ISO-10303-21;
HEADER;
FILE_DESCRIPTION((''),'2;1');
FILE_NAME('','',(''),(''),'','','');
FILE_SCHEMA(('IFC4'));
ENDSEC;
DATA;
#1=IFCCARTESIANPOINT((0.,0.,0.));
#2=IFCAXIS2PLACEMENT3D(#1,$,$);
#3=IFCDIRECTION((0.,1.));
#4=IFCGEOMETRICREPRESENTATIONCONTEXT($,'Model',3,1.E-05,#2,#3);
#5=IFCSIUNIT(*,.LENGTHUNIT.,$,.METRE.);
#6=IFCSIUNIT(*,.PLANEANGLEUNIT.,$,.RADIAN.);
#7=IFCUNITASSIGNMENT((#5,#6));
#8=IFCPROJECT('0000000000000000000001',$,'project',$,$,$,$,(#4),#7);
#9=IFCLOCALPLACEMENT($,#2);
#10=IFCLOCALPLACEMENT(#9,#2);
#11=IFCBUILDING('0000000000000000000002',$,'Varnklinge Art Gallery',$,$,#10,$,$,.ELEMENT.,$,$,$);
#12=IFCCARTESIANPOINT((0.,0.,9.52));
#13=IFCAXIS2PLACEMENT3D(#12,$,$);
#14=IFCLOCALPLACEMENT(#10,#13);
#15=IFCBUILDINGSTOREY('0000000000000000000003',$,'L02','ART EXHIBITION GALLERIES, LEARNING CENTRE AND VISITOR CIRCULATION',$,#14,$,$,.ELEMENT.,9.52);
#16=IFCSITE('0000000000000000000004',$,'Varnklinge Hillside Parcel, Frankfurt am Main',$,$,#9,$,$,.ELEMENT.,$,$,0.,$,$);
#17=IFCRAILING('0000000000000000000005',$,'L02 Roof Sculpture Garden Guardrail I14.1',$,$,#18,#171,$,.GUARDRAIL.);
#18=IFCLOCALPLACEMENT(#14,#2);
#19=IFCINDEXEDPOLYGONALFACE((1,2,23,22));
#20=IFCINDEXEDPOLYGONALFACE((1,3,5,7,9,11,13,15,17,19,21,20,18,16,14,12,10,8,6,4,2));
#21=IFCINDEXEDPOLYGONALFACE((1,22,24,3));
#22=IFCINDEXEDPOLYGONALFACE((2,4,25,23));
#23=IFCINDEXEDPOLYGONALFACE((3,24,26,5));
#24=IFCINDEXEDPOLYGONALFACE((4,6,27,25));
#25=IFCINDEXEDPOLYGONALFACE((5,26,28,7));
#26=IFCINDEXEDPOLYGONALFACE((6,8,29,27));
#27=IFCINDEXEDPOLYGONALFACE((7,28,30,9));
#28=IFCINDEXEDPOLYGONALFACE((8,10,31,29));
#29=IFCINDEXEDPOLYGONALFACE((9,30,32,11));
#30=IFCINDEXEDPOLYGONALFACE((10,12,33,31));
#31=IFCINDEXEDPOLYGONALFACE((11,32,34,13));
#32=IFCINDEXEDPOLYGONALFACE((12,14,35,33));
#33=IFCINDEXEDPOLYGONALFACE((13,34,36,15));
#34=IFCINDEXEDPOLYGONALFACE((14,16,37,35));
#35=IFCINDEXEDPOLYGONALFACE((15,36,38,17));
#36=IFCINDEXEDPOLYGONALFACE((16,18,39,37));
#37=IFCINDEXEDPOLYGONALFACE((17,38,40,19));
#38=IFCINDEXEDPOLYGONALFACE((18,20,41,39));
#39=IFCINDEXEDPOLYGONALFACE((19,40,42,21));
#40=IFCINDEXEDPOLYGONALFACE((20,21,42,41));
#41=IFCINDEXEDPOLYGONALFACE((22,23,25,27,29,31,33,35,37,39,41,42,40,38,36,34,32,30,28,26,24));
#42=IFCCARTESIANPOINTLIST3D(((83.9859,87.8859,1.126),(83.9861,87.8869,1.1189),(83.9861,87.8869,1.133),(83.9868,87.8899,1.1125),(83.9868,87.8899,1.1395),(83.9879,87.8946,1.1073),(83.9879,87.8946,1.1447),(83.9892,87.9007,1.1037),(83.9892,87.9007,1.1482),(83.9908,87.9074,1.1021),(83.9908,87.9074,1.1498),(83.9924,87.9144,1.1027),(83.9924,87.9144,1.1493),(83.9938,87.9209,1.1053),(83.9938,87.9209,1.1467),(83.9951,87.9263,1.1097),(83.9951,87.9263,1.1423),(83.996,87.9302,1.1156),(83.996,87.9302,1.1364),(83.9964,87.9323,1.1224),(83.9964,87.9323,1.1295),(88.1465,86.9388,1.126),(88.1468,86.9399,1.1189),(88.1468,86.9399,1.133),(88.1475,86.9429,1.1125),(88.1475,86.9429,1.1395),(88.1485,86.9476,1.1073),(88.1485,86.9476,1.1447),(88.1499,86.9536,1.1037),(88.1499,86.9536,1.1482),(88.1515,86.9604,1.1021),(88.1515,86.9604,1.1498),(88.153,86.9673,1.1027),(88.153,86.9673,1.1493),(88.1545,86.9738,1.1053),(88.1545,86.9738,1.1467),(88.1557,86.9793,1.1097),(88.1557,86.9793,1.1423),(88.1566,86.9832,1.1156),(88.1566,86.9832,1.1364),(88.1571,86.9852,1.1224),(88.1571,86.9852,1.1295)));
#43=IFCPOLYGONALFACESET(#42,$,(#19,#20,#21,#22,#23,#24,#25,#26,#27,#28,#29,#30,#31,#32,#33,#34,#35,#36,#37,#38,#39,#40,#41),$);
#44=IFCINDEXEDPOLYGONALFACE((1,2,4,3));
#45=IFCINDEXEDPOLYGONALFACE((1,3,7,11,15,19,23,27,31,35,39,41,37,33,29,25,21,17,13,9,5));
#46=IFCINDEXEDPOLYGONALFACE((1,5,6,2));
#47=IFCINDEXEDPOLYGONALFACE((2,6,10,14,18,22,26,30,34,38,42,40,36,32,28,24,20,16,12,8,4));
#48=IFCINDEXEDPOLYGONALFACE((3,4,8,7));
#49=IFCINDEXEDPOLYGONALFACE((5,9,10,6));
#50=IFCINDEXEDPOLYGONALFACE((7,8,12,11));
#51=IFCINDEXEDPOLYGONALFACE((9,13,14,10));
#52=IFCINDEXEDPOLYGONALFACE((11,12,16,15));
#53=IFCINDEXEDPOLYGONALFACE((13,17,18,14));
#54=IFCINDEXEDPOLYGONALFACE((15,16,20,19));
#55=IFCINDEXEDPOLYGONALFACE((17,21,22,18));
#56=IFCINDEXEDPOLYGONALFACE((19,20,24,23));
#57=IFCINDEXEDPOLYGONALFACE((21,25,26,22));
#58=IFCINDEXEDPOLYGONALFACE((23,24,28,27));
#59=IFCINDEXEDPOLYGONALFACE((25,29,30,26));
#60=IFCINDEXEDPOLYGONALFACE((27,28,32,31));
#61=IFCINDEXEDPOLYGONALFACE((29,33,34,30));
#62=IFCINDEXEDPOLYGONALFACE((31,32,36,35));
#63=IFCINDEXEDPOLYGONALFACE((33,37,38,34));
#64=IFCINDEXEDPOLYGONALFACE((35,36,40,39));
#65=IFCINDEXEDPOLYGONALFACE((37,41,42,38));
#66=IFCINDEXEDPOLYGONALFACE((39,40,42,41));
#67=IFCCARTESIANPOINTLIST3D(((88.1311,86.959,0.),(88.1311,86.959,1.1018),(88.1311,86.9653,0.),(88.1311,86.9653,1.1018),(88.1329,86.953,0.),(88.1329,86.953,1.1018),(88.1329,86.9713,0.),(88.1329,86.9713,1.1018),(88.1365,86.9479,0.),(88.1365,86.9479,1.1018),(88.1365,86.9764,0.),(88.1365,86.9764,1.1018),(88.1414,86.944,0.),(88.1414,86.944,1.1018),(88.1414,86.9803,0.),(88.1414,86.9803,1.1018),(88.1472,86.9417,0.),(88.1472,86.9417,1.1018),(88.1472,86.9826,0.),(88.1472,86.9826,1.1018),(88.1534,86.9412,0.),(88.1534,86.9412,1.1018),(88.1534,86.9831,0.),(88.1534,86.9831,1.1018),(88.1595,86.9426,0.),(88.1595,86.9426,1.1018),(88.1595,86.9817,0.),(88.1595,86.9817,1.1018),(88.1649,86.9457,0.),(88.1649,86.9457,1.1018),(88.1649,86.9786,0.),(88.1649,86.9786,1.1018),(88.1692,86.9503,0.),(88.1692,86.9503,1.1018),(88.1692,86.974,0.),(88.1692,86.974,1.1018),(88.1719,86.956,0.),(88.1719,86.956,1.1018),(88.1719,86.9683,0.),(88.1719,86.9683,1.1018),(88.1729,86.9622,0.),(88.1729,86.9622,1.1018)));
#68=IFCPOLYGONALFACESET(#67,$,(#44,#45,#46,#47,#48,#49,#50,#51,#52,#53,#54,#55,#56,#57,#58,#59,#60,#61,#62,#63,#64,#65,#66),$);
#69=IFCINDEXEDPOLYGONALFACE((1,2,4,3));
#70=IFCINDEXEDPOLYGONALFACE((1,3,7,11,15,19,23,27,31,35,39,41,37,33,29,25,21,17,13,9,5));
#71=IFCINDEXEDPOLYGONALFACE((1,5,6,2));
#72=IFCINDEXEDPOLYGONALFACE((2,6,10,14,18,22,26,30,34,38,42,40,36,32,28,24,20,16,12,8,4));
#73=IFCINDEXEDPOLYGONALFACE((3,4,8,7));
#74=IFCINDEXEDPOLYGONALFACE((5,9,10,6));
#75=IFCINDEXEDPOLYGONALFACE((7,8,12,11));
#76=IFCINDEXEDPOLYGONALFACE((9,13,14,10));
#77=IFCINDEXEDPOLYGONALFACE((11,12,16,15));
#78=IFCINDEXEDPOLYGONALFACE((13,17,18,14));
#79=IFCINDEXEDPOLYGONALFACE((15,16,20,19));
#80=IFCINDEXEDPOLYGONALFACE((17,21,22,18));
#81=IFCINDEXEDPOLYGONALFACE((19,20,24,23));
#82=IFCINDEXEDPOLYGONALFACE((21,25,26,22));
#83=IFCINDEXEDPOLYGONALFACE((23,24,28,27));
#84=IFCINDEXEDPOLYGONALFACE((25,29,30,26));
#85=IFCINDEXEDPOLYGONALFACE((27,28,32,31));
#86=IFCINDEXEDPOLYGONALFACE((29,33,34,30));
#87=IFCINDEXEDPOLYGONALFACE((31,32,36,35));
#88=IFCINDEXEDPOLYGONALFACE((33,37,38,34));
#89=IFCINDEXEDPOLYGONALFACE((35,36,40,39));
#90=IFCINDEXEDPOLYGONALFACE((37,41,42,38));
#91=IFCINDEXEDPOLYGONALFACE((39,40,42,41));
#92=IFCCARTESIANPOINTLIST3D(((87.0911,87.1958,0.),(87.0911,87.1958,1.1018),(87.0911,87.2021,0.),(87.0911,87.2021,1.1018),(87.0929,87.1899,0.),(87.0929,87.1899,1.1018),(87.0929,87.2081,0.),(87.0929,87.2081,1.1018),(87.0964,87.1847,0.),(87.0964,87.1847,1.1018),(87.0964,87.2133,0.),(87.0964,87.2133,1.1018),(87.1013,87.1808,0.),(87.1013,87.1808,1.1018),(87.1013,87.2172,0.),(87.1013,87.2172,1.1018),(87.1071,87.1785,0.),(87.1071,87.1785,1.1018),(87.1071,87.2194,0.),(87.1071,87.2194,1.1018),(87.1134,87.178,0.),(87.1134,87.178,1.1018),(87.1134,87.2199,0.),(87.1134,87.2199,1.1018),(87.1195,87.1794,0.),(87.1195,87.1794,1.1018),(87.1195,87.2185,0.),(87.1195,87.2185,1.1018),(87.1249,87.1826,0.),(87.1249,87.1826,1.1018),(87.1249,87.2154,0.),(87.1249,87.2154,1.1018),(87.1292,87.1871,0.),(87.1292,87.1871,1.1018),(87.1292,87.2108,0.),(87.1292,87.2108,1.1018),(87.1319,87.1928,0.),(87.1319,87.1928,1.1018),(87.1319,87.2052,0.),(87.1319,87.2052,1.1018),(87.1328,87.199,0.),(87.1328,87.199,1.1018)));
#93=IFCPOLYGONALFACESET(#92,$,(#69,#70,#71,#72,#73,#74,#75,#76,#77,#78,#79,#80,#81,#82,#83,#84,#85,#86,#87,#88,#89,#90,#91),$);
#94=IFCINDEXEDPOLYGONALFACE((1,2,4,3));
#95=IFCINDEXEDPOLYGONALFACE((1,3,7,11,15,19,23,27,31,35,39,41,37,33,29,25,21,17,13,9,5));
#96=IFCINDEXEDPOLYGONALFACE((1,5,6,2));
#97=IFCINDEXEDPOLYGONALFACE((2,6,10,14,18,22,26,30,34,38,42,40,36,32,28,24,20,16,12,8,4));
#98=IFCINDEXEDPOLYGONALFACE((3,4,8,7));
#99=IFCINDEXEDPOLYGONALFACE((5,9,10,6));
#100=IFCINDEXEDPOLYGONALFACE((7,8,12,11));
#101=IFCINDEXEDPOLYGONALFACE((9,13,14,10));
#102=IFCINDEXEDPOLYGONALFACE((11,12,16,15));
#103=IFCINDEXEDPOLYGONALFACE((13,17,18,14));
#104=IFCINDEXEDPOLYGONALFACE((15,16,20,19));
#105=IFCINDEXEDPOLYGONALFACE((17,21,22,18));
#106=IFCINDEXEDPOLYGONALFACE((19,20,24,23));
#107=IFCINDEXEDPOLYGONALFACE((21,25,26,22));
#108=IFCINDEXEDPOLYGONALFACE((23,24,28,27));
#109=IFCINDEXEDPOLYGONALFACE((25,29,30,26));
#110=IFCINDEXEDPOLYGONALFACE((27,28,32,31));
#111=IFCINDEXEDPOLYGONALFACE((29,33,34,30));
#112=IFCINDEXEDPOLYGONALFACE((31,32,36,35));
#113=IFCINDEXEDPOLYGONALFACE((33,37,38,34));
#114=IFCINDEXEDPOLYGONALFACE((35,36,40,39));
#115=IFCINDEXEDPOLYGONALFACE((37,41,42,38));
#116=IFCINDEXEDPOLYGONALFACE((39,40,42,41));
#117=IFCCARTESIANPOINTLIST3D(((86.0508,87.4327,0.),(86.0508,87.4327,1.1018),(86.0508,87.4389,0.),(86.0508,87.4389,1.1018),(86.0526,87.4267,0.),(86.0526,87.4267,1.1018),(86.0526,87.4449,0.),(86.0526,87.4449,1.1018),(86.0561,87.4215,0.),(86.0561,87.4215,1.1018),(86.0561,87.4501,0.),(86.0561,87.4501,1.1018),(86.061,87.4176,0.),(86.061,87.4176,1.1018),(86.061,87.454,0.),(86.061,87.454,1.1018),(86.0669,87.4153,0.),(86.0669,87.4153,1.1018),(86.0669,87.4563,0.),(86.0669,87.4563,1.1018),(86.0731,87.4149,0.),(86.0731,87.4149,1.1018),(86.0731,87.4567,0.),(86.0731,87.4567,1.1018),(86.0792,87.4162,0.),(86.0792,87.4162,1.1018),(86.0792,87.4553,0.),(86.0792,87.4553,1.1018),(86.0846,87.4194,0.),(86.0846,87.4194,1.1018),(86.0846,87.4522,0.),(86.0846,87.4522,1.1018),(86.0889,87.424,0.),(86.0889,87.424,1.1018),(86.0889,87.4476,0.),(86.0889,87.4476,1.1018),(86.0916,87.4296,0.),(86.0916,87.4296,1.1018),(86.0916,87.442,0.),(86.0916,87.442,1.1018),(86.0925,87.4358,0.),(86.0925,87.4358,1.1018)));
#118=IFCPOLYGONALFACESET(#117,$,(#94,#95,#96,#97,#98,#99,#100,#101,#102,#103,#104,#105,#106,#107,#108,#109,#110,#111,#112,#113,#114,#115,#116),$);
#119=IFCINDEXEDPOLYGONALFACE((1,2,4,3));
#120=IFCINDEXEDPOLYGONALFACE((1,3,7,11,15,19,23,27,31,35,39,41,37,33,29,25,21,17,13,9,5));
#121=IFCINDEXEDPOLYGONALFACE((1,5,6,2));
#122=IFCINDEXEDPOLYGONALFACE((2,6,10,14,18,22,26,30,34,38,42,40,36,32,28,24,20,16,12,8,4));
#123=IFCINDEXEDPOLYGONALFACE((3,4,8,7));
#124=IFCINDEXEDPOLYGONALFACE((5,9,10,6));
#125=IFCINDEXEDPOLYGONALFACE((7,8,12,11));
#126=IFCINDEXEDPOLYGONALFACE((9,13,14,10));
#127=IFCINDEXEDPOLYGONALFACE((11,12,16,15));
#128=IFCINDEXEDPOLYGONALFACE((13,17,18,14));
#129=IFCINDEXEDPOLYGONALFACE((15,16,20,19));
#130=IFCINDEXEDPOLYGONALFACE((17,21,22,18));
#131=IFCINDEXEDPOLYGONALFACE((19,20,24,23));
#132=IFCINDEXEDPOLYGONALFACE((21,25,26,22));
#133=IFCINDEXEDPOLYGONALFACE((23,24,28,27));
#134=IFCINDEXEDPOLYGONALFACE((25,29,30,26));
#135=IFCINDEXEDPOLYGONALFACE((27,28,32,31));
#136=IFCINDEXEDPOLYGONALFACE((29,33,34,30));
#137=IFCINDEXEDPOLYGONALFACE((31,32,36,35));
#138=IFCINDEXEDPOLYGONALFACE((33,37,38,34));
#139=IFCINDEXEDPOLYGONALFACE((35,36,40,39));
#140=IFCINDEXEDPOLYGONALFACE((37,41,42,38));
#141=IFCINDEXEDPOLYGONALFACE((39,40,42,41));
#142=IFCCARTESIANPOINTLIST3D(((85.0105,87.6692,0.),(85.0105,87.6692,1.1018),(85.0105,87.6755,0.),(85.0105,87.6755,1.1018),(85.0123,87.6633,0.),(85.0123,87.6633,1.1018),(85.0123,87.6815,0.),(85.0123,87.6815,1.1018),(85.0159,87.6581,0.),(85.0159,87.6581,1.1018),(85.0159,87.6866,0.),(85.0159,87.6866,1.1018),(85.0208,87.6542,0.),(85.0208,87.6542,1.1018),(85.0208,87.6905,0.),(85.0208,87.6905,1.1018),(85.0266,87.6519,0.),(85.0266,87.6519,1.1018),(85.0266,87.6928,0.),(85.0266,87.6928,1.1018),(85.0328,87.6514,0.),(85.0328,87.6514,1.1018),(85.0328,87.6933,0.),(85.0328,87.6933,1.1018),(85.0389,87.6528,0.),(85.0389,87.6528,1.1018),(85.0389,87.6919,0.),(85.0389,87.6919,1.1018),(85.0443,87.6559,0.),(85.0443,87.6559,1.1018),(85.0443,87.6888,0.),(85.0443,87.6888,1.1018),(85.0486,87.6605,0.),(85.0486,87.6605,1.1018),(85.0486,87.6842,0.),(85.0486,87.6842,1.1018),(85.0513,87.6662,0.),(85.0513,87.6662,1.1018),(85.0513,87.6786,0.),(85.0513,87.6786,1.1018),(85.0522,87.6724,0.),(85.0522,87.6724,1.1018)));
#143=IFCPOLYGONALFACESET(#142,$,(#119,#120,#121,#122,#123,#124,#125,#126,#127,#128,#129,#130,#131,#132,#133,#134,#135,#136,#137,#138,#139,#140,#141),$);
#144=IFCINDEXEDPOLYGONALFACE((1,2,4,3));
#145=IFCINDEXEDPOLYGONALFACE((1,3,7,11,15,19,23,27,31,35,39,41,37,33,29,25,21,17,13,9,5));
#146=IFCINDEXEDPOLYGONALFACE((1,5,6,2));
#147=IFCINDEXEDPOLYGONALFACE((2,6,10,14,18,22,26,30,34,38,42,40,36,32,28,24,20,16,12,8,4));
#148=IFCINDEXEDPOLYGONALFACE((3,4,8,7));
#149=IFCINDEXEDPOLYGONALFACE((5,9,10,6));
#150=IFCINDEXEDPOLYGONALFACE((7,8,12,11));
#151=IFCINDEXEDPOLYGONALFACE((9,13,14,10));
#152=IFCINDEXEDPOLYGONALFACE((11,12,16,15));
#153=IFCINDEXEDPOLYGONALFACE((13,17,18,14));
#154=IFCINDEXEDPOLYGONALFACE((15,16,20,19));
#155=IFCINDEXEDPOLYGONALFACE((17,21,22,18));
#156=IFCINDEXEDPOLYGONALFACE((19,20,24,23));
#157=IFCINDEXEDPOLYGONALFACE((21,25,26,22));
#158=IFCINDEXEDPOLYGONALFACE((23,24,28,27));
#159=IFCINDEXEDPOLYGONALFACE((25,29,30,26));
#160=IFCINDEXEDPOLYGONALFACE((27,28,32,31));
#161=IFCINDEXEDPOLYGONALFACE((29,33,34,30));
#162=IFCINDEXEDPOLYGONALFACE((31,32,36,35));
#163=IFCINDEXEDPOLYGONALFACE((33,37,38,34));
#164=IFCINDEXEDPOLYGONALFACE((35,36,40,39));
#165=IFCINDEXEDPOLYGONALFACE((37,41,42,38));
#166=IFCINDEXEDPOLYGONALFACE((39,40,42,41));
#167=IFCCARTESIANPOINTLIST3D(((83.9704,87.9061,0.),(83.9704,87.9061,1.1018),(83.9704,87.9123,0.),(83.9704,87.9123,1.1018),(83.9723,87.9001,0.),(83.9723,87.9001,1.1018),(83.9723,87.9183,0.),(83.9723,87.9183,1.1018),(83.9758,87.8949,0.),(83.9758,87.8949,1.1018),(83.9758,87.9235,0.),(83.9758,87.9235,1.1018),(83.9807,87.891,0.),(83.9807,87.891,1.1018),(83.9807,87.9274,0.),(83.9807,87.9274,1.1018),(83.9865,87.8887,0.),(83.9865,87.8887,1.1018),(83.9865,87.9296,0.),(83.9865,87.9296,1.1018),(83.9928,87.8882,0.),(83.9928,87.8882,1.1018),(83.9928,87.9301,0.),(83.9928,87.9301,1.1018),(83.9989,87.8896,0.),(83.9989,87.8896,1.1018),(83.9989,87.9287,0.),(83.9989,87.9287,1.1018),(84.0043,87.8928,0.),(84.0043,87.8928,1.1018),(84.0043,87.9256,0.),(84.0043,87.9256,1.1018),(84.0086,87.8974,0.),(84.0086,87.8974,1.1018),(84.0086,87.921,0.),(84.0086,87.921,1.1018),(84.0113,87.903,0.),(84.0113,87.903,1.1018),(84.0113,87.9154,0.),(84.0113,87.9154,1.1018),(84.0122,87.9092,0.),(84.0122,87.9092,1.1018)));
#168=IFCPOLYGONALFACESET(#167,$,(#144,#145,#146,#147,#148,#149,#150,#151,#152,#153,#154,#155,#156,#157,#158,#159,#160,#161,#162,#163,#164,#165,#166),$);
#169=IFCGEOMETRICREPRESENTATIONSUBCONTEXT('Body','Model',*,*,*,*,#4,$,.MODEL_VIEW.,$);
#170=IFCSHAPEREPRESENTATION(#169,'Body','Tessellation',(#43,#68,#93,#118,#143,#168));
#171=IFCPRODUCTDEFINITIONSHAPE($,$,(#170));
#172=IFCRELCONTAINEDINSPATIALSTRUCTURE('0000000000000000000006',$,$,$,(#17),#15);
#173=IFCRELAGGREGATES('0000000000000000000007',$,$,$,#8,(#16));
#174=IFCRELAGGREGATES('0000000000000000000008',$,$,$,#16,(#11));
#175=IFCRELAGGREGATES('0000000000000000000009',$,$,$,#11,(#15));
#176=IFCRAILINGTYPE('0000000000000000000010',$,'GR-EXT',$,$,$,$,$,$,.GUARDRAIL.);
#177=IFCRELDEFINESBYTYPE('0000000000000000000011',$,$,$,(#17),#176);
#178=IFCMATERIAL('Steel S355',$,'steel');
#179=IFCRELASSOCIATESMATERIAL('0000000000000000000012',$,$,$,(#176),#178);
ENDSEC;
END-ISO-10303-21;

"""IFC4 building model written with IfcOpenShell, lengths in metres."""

from ifc_helpers import new_model, si_unit, direction, frame, origin, origin_2d, place, context, subcontext, project, spatial, circle, extrude, material, type_object, element, save


model = new_model("IFC4")

# Units and contexts
model_context = context("Model", 3, precision=1e-05, world=origin(), true_north=direction((0.0, 1.0)))
body_context = subcontext(model_context, "Body", "Model", "MODEL_VIEW")
ifc_project = project(units=[si_unit("LENGTHUNIT", "METRE"), si_unit("PLANEANGLEUNIT", "RADIAN")], contexts=[model_context])

# Site, building, storey
site_placement = place(None, origin())
site = spatial("IfcSite", under=ifc_project, at=site_placement, Name="Varnklinge Hillside Parcel, Frankfurt am Main", CompositionType="ELEMENT", RefElevation=0.0)
building_placement = place(site_placement, origin())
building = spatial("IfcBuilding", under=site, at=building_placement, Name="Varnklinge Art Gallery", CompositionType="ELEMENT")
storey_placement = place(building_placement, frame((0.0, 0.0, 9.52)))
storey = spatial("IfcBuildingStorey", under=building, at=storey_placement, Name="L02", Description="ART EXHIBITION GALLERIES, LEARNING CENTRE AND VISITOR CIRCULATION", CompositionType="ELEMENT", Elevation=9.52)

# Railing
ifc_material_1 = material(Name="Steel S355", Category="steel")
railing_type_1 = type_object("IfcRailingType", Name="GR-EXT", PredefinedType="GUARDRAIL", material=ifc_material_1)
railing_1_placement = place(storey_placement, frame((88.1519, 86.9622, 0.0)))
element("IfcRailing", 1, at=railing_1_placement, inside=storey, type_object=railing_type_1, Name="L02 Roof Sculpture Garden Guardrail I14.1", PredefinedType="GUARDRAIL", context=body_context, shape_type="SweptSolid", body=[
    extrude(circle(Radius=0.0239, at=origin_2d()), frame((0.0, 0.0, 1.126), z_axis=(-0.975061, 0.221938, 0.0), x_axis=(-0.221938, -0.975061, 0.0)), (0.0, 0.0, 1.0), 4.2671),
    extrude(circle(Radius=0.021, at=origin_2d()), origin(), (0.0, 0.0, 1.0), 1.1018),
    extrude(circle(Radius=0.021, at=origin_2d()), frame((-1.04, 0.2368, 0.0)), (0.0, 0.0, 1.0), 1.1018),
    extrude(circle(Radius=0.021, at=origin_2d()), frame((-2.0803, 0.4736, 0.0)), (0.0, 0.0, 1.0), 1.1018),
    extrude(circle(Radius=0.021, at=origin_2d()), frame((-3.1206, 0.7102, 0.0)), (0.0, 0.0, 1.0), 1.1018),
    extrude(circle(Radius=0.021, at=origin_2d()), frame((-4.1606, 0.947, 0.0)), (0.0, 0.0, 1.0), 1.1018),
])

save(model, "model.ifc")
